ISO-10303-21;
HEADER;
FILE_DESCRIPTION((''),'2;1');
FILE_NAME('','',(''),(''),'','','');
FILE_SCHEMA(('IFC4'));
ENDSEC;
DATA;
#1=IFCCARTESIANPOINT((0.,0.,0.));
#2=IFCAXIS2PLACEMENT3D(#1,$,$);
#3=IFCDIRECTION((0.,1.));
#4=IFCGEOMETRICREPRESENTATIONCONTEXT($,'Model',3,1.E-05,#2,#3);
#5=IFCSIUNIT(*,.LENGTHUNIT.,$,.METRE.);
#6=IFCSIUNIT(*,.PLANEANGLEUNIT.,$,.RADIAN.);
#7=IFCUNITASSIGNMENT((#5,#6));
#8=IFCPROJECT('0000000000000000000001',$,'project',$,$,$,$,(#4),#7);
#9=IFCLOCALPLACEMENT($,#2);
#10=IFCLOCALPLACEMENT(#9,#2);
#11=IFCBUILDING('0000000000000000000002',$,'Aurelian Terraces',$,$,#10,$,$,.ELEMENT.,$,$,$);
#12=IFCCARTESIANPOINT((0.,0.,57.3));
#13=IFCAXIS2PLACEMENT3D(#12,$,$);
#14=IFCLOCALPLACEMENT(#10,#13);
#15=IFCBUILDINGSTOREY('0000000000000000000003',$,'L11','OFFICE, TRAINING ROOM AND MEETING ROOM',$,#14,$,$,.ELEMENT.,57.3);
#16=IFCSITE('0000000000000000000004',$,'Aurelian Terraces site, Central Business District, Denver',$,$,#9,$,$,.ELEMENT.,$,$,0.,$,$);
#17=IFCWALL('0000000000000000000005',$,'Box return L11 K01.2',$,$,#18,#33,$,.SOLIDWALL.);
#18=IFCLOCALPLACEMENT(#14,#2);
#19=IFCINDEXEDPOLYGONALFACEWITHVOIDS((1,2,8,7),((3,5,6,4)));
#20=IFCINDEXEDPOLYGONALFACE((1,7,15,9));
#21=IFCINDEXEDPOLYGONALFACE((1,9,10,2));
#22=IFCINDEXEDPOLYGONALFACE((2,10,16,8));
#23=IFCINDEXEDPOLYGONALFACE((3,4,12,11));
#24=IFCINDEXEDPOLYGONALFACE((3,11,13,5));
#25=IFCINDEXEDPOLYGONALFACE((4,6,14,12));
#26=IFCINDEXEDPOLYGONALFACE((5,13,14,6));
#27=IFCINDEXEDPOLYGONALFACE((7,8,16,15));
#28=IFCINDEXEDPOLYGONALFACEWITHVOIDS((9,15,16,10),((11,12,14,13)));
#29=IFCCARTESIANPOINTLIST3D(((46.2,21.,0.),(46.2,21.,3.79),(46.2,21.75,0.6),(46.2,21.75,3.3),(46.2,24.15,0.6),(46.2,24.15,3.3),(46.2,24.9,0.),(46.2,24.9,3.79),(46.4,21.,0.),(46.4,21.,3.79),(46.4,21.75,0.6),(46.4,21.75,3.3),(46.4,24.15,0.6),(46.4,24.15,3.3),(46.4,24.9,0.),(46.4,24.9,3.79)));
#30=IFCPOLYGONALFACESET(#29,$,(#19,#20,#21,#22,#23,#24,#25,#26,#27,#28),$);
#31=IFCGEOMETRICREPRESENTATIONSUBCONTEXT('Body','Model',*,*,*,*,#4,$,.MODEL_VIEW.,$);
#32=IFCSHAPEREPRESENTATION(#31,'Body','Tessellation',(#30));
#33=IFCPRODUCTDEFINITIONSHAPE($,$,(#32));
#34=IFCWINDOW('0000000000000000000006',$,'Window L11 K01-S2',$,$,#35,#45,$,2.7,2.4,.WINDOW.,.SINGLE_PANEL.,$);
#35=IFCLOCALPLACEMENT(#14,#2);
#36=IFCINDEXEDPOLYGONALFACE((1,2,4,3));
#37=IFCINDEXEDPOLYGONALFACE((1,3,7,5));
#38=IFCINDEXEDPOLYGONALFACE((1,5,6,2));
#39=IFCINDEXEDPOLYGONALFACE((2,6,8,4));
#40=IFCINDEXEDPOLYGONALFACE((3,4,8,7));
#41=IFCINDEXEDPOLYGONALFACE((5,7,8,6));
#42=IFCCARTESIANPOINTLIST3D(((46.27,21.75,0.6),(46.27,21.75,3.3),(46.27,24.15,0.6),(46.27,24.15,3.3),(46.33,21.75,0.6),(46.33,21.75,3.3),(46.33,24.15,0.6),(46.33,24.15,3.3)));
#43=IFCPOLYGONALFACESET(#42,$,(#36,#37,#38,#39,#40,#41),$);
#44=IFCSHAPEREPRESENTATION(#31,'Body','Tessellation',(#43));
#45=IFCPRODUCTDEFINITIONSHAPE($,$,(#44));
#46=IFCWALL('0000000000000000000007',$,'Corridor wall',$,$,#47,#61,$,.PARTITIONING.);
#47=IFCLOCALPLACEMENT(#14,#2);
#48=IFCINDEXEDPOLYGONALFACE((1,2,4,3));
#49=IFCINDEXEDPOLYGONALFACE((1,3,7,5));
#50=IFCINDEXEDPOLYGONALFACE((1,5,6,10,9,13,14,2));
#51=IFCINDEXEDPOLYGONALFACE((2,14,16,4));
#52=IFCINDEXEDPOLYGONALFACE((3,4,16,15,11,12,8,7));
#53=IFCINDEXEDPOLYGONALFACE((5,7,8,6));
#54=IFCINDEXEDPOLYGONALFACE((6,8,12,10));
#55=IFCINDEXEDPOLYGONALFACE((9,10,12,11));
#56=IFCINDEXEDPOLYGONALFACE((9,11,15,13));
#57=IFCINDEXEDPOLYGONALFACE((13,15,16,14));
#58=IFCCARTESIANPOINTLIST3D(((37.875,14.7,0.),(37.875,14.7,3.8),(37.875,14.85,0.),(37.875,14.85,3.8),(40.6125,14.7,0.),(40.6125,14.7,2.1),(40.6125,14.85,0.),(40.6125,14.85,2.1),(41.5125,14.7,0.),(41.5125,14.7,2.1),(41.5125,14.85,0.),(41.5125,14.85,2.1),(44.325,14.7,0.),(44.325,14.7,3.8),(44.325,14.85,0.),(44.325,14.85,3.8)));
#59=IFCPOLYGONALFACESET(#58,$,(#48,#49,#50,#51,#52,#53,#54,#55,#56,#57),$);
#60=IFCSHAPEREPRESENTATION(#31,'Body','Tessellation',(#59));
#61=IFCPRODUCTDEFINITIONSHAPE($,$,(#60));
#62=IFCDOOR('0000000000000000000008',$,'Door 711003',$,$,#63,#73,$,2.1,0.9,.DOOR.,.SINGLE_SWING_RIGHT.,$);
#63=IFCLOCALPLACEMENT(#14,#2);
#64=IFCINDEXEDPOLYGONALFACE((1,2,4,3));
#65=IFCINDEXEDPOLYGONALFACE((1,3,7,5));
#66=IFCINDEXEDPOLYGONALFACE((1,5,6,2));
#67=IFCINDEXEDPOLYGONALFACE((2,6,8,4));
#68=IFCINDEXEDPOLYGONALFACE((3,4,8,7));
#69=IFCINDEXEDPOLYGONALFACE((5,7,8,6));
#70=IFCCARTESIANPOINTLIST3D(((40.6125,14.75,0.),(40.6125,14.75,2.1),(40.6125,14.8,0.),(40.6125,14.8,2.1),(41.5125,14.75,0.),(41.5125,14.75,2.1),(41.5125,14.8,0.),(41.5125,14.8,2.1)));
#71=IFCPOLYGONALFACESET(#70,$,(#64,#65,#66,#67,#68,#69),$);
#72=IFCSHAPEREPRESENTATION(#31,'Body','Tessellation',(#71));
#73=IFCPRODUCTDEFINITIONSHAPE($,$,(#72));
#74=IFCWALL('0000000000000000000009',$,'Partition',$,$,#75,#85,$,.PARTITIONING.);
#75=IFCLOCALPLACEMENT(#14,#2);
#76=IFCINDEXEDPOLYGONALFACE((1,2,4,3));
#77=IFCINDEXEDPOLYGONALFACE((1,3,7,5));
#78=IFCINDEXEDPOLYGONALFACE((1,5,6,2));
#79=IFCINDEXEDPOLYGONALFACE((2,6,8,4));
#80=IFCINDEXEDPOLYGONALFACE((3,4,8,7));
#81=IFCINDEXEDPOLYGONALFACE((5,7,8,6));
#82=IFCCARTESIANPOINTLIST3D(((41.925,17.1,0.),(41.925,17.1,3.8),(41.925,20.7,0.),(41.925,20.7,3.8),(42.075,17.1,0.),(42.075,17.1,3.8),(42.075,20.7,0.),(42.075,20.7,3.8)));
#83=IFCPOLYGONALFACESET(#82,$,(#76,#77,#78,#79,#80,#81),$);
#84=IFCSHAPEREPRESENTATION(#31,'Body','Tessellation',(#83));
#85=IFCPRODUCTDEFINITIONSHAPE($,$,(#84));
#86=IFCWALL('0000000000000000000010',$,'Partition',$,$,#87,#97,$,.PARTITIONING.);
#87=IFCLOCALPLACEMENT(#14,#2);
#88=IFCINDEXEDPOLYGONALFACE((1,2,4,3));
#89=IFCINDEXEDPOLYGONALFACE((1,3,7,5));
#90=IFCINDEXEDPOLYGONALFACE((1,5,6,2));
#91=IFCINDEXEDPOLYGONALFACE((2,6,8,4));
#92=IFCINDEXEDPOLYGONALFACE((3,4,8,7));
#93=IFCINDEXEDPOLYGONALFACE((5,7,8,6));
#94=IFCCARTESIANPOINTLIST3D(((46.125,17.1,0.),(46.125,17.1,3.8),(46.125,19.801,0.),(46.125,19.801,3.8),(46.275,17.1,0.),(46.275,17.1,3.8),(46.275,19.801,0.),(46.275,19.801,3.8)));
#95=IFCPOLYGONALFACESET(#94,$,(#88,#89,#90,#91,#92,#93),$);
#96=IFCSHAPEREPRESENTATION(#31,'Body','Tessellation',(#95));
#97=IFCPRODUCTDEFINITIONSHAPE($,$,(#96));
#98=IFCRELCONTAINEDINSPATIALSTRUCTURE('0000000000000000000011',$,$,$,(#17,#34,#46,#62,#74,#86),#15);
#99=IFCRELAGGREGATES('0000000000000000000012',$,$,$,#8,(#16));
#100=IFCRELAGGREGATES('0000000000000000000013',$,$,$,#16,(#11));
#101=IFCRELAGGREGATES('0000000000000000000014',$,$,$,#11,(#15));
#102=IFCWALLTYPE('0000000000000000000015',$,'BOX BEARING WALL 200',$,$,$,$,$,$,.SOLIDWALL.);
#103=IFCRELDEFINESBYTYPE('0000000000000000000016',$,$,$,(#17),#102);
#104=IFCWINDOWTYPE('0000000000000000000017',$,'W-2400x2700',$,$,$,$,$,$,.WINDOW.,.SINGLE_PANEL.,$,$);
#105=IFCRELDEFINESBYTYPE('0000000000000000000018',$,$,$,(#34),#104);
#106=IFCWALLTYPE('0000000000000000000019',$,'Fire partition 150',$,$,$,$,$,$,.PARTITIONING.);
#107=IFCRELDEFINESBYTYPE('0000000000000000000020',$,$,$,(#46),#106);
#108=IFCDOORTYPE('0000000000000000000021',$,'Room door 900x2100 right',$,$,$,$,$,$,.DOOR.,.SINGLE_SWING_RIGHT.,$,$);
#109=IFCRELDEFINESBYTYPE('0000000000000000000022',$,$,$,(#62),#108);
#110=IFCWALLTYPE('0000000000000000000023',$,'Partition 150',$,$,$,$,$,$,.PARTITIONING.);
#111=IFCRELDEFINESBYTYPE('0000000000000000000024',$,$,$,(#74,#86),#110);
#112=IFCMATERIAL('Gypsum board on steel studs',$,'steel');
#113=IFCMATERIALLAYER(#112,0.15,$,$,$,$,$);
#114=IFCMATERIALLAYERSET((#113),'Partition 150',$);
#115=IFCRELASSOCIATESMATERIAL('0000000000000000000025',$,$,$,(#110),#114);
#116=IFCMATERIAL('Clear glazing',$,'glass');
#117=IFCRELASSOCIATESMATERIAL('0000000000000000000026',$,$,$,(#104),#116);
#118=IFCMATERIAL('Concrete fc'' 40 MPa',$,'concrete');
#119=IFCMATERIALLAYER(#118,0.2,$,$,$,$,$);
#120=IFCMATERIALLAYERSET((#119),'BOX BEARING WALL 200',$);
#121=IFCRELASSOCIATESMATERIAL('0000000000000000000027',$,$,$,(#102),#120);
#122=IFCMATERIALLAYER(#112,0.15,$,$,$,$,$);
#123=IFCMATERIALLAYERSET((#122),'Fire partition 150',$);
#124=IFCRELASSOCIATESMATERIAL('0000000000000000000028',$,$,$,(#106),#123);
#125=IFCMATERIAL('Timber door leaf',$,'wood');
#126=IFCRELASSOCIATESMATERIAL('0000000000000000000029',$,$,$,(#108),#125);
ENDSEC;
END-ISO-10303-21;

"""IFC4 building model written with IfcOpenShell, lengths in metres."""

from ifc_helpers import new_model, si_unit, direction, frame, frame_2d, origin, place, context, subcontext, project, spatial, rectangle, extrude, source, transform, mapped, material, layer, layer_set, type_object, element, fill, save


model = new_model("IFC4")

# Units and contexts
model_context = context("Model", 3, precision=1e-05, world=origin(), true_north=direction((0.0, 1.0)))
body_context = subcontext(model_context, "Body", "Model", "MODEL_VIEW")
ifc_project = project(units=[si_unit("LENGTHUNIT", "METRE"), si_unit("PLANEANGLEUNIT", "RADIAN")], contexts=[model_context])

# Site, building, storey
site_placement = place(None, origin())
site = spatial("IfcSite", under=ifc_project, at=site_placement, Name="Aurelian Terraces site, Central Business District, Denver", CompositionType="ELEMENT", RefElevation=0.0)
building_placement = place(site_placement, origin())
building = spatial("IfcBuilding", under=site, at=building_placement, Name="Aurelian Terraces", CompositionType="ELEMENT")
storey_placement = place(building_placement, frame((0.0, 0.0, 57.3)))
storey = spatial("IfcBuildingStorey", under=building, at=storey_placement, Name="L11", Description="OFFICE, TRAINING ROOM AND MEETING ROOM", CompositionType="ELEMENT", Elevation=57.3)

# Shared definitions
ifc_material_1 = material(Name="Gypsum board on steel studs", Category="steel")
ifc_layer_1 = layer(ifc_material_1, 0.15)
ifc_layer_set_1 = layer_set([ifc_layer_1], Name="Partition 150")
wall_type_1 = type_object("IfcWallType", Name="Partition 150", PredefinedType="PARTITIONING", material=ifc_layer_set_1)

# Shared definitions
ifc_material_2 = material(Name="Clear glazing", Category="glass")
window_type_1 = type_object("IfcWindowType", Name="W-2400x2700", PartitioningType="SINGLE_PANEL", PredefinedType="WINDOW", material=ifc_material_2)
shared_shape_1 = source(origin(), body_context, "Body", "SweptSolid", [
    extrude(rectangle(XDim=2.4, YDim=2.7, at=frame_2d((1.2, 1.35))), frame((0.0, 0.03, 0.0), z_axis=(0.0, -1.0, 0.0), x_axis=(1.0, 0.0, 0.0)), (0.0, 0.0, 1.0), 0.06),
])

# Shared definitions
ifc_material_3 = material(Name="Timber door leaf", Category="wood")

# Wall, opening, window
ifc_material_4 = material(Name="Concrete fc' 40 MPa", Category="concrete")
ifc_layer_2 = layer(ifc_material_4, 0.2)
ifc_layer_set_2 = layer_set([ifc_layer_2], Name="BOX BEARING WALL 200")
wall_type_2 = type_object("IfcWallType", Name="BOX BEARING WALL 200", PredefinedType="SOLIDWALL", material=ifc_layer_set_2)
shared_shape_2 = source(origin(), body_context, "Body", "SweptSolid", [
    extrude(rectangle(XDim=3.9, YDim=0.2, at=frame_2d((1.95, 0.0))), origin(), (0.0, 0.0, 1.0), 3.79),
])
wall_1_placement = place(storey_placement, frame((46.3, 21.0, 0.0), z_axis=(0.0, 0.0, 1.0), x_axis=(0.0, 1.0, 0.0)))
wall_1 = element("IfcWall", 1, at=wall_1_placement, inside=storey, type_object=wall_type_2, Name="Box return L11 K01.2", PredefinedType="SOLIDWALL", context=body_context, shape_type="MappedRepresentation", body=[
    mapped(shared_shape_2, transform((0.0, 0.0, 0.0), scale=1.0)),
])
shared_shape_3 = source(origin(), body_context, "Body", "SweptSolid", [
    extrude(rectangle(XDim=2.4, YDim=2.7, at=frame_2d((1.2, 1.35))), frame((0.0, 0.11, 0.0), z_axis=(0.0, -1.0, 0.0), x_axis=(1.0, 0.0, 0.0)), (0.0, 0.0, 1.0), 0.22),
])
opening_1_placement = place(wall_1_placement, frame((0.75, 0.0, 0.6)))
opening_1 = element("IfcOpeningElement", 2, at=opening_1_placement, cuts=wall_1, PredefinedType="OPENING", context=body_context, shape_type="MappedRepresentation", body=[
    mapped(shared_shape_3, transform((0.0, 0.0, 0.0), scale=1.0)),
])
window_1_placement = place(opening_1_placement, origin())
window_1 = element("IfcWindow", 3, at=window_1_placement, inside=storey, type_object=window_type_1, Name="Window L11 K01-S2", OverallHeight=2.7, OverallWidth=2.4, PartitioningType="SINGLE_PANEL", PredefinedType="WINDOW", context=body_context, shape_type="MappedRepresentation", body=[
    mapped(shared_shape_1, transform((0.0, 0.0, 0.0), scale=1.0)),
])
fill(opening_1, window_1)

# Wall, opening, door
ifc_layer_3 = layer(ifc_material_1, 0.15)
ifc_layer_set_3 = layer_set([ifc_layer_3], Name="Fire partition 150")
wall_type_3 = type_object("IfcWallType", Name="Fire partition 150", PredefinedType="PARTITIONING", material=ifc_layer_set_3)
shared_shape_4 = source(origin(), body_context, "Body", "SweptSolid", [
    extrude(rectangle(XDim=6.45, YDim=0.15, at=frame_2d((3.225, 0.0))), origin(), (0.0, 0.0, 1.0), 3.8),
])
wall_2_placement = place(storey_placement, frame((44.325, 14.775, 0.0), z_axis=(0.0, 0.0, 1.0), x_axis=(-1.0, 0.0, 0.0)))
wall_2 = element("IfcWall", 4, at=wall_2_placement, inside=storey, type_object=wall_type_3, Name="Corridor wall", PredefinedType="PARTITIONING", context=body_context, shape_type="MappedRepresentation", body=[
    mapped(shared_shape_4, transform((0.0, 0.0, 0.0), scale=1.0)),
])
shared_shape_5 = source(origin(), body_context, "Body", "SweptSolid", [
    extrude(rectangle(XDim=0.9, YDim=2.1, at=frame_2d((0.45, 1.05))), frame((0.0, 0.085, 0.0), z_axis=(0.0, -1.0, 0.0), x_axis=(1.0, 0.0, 0.0)), (0.0, 0.0, 1.0), 0.17),
])
opening_2_placement = place(wall_2_placement, frame((2.8125, 0.0, 0.0)))
opening_2 = element("IfcOpeningElement", 5, at=opening_2_placement, cuts=wall_2, PredefinedType="OPENING", context=body_context, shape_type="MappedRepresentation", body=[
    mapped(shared_shape_5, transform((0.0, 0.0, 0.0), scale=1.0)),
])
door_type_1 = type_object("IfcDoorType", Name="Room door 900x2100 right", OperationType="SINGLE_SWING_RIGHT", PredefinedType="DOOR", material=ifc_material_3)
shared_shape_6 = source(origin(), body_context, "Body", "SweptSolid", [
    extrude(rectangle(XDim=0.9, YDim=2.1, at=frame_2d((0.45, 1.05))), frame((0.0, 0.025, 0.0), z_axis=(0.0, -1.0, 0.0), x_axis=(1.0, 0.0, 0.0)), (0.0, 0.0, 1.0), 0.05),
])
door_1_placement = place(opening_2_placement, origin())
door_1 = element("IfcDoor", 6, at=door_1_placement, inside=storey, type_object=door_type_1, Name="Door 711003", OperationType="SINGLE_SWING_RIGHT", OverallHeight=2.1, OverallWidth=0.9, PredefinedType="DOOR", context=body_context, shape_type="MappedRepresentation", body=[
    mapped(shared_shape_6, transform((0.0, 0.0, 0.0), scale=1.0)),
])
fill(opening_2, door_1)

# Walls
shared_shape_7 = source(origin(), body_context, "Body", "SweptSolid", [
    extrude(rectangle(XDim=3.6, YDim=0.15, at=frame_2d((1.8, 0.0))), origin(), (0.0, 0.0, 1.0), 3.8),
])
wall_3_placement = place(storey_placement, frame((42.0, 20.7, 0.0), z_axis=(0.0, 0.0, 1.0), x_axis=(0.0, -1.0, 0.0)))
element("IfcWall", 7, at=wall_3_placement, inside=storey, type_object=wall_type_1, Name="Partition", PredefinedType="PARTITIONING", context=body_context, shape_type="MappedRepresentation", body=[
    mapped(shared_shape_7, transform((0.0, 0.0, 0.0), scale=1.0)),
])
shared_shape_8 = source(origin(), body_context, "Body", "SweptSolid", [
    extrude(rectangle(XDim=2.701, YDim=0.15, at=frame_2d((1.3505, 0.0))), origin(), (0.0, 0.0, 1.0), 3.8),
])
wall_4_placement = place(storey_placement, frame((46.2, 17.1, 0.0), z_axis=(0.0, 0.0, 1.0), x_axis=(0.0, 1.0, 0.0)))
element("IfcWall", 8, at=wall_4_placement, inside=storey, type_object=wall_type_1, Name="Partition", PredefinedType="PARTITIONING", context=body_context, shape_type="MappedRepresentation", body=[
    mapped(shared_shape_8, transform((0.0, 0.0, 0.0), scale=1.0)),
])

save(model, "model.ifc")
